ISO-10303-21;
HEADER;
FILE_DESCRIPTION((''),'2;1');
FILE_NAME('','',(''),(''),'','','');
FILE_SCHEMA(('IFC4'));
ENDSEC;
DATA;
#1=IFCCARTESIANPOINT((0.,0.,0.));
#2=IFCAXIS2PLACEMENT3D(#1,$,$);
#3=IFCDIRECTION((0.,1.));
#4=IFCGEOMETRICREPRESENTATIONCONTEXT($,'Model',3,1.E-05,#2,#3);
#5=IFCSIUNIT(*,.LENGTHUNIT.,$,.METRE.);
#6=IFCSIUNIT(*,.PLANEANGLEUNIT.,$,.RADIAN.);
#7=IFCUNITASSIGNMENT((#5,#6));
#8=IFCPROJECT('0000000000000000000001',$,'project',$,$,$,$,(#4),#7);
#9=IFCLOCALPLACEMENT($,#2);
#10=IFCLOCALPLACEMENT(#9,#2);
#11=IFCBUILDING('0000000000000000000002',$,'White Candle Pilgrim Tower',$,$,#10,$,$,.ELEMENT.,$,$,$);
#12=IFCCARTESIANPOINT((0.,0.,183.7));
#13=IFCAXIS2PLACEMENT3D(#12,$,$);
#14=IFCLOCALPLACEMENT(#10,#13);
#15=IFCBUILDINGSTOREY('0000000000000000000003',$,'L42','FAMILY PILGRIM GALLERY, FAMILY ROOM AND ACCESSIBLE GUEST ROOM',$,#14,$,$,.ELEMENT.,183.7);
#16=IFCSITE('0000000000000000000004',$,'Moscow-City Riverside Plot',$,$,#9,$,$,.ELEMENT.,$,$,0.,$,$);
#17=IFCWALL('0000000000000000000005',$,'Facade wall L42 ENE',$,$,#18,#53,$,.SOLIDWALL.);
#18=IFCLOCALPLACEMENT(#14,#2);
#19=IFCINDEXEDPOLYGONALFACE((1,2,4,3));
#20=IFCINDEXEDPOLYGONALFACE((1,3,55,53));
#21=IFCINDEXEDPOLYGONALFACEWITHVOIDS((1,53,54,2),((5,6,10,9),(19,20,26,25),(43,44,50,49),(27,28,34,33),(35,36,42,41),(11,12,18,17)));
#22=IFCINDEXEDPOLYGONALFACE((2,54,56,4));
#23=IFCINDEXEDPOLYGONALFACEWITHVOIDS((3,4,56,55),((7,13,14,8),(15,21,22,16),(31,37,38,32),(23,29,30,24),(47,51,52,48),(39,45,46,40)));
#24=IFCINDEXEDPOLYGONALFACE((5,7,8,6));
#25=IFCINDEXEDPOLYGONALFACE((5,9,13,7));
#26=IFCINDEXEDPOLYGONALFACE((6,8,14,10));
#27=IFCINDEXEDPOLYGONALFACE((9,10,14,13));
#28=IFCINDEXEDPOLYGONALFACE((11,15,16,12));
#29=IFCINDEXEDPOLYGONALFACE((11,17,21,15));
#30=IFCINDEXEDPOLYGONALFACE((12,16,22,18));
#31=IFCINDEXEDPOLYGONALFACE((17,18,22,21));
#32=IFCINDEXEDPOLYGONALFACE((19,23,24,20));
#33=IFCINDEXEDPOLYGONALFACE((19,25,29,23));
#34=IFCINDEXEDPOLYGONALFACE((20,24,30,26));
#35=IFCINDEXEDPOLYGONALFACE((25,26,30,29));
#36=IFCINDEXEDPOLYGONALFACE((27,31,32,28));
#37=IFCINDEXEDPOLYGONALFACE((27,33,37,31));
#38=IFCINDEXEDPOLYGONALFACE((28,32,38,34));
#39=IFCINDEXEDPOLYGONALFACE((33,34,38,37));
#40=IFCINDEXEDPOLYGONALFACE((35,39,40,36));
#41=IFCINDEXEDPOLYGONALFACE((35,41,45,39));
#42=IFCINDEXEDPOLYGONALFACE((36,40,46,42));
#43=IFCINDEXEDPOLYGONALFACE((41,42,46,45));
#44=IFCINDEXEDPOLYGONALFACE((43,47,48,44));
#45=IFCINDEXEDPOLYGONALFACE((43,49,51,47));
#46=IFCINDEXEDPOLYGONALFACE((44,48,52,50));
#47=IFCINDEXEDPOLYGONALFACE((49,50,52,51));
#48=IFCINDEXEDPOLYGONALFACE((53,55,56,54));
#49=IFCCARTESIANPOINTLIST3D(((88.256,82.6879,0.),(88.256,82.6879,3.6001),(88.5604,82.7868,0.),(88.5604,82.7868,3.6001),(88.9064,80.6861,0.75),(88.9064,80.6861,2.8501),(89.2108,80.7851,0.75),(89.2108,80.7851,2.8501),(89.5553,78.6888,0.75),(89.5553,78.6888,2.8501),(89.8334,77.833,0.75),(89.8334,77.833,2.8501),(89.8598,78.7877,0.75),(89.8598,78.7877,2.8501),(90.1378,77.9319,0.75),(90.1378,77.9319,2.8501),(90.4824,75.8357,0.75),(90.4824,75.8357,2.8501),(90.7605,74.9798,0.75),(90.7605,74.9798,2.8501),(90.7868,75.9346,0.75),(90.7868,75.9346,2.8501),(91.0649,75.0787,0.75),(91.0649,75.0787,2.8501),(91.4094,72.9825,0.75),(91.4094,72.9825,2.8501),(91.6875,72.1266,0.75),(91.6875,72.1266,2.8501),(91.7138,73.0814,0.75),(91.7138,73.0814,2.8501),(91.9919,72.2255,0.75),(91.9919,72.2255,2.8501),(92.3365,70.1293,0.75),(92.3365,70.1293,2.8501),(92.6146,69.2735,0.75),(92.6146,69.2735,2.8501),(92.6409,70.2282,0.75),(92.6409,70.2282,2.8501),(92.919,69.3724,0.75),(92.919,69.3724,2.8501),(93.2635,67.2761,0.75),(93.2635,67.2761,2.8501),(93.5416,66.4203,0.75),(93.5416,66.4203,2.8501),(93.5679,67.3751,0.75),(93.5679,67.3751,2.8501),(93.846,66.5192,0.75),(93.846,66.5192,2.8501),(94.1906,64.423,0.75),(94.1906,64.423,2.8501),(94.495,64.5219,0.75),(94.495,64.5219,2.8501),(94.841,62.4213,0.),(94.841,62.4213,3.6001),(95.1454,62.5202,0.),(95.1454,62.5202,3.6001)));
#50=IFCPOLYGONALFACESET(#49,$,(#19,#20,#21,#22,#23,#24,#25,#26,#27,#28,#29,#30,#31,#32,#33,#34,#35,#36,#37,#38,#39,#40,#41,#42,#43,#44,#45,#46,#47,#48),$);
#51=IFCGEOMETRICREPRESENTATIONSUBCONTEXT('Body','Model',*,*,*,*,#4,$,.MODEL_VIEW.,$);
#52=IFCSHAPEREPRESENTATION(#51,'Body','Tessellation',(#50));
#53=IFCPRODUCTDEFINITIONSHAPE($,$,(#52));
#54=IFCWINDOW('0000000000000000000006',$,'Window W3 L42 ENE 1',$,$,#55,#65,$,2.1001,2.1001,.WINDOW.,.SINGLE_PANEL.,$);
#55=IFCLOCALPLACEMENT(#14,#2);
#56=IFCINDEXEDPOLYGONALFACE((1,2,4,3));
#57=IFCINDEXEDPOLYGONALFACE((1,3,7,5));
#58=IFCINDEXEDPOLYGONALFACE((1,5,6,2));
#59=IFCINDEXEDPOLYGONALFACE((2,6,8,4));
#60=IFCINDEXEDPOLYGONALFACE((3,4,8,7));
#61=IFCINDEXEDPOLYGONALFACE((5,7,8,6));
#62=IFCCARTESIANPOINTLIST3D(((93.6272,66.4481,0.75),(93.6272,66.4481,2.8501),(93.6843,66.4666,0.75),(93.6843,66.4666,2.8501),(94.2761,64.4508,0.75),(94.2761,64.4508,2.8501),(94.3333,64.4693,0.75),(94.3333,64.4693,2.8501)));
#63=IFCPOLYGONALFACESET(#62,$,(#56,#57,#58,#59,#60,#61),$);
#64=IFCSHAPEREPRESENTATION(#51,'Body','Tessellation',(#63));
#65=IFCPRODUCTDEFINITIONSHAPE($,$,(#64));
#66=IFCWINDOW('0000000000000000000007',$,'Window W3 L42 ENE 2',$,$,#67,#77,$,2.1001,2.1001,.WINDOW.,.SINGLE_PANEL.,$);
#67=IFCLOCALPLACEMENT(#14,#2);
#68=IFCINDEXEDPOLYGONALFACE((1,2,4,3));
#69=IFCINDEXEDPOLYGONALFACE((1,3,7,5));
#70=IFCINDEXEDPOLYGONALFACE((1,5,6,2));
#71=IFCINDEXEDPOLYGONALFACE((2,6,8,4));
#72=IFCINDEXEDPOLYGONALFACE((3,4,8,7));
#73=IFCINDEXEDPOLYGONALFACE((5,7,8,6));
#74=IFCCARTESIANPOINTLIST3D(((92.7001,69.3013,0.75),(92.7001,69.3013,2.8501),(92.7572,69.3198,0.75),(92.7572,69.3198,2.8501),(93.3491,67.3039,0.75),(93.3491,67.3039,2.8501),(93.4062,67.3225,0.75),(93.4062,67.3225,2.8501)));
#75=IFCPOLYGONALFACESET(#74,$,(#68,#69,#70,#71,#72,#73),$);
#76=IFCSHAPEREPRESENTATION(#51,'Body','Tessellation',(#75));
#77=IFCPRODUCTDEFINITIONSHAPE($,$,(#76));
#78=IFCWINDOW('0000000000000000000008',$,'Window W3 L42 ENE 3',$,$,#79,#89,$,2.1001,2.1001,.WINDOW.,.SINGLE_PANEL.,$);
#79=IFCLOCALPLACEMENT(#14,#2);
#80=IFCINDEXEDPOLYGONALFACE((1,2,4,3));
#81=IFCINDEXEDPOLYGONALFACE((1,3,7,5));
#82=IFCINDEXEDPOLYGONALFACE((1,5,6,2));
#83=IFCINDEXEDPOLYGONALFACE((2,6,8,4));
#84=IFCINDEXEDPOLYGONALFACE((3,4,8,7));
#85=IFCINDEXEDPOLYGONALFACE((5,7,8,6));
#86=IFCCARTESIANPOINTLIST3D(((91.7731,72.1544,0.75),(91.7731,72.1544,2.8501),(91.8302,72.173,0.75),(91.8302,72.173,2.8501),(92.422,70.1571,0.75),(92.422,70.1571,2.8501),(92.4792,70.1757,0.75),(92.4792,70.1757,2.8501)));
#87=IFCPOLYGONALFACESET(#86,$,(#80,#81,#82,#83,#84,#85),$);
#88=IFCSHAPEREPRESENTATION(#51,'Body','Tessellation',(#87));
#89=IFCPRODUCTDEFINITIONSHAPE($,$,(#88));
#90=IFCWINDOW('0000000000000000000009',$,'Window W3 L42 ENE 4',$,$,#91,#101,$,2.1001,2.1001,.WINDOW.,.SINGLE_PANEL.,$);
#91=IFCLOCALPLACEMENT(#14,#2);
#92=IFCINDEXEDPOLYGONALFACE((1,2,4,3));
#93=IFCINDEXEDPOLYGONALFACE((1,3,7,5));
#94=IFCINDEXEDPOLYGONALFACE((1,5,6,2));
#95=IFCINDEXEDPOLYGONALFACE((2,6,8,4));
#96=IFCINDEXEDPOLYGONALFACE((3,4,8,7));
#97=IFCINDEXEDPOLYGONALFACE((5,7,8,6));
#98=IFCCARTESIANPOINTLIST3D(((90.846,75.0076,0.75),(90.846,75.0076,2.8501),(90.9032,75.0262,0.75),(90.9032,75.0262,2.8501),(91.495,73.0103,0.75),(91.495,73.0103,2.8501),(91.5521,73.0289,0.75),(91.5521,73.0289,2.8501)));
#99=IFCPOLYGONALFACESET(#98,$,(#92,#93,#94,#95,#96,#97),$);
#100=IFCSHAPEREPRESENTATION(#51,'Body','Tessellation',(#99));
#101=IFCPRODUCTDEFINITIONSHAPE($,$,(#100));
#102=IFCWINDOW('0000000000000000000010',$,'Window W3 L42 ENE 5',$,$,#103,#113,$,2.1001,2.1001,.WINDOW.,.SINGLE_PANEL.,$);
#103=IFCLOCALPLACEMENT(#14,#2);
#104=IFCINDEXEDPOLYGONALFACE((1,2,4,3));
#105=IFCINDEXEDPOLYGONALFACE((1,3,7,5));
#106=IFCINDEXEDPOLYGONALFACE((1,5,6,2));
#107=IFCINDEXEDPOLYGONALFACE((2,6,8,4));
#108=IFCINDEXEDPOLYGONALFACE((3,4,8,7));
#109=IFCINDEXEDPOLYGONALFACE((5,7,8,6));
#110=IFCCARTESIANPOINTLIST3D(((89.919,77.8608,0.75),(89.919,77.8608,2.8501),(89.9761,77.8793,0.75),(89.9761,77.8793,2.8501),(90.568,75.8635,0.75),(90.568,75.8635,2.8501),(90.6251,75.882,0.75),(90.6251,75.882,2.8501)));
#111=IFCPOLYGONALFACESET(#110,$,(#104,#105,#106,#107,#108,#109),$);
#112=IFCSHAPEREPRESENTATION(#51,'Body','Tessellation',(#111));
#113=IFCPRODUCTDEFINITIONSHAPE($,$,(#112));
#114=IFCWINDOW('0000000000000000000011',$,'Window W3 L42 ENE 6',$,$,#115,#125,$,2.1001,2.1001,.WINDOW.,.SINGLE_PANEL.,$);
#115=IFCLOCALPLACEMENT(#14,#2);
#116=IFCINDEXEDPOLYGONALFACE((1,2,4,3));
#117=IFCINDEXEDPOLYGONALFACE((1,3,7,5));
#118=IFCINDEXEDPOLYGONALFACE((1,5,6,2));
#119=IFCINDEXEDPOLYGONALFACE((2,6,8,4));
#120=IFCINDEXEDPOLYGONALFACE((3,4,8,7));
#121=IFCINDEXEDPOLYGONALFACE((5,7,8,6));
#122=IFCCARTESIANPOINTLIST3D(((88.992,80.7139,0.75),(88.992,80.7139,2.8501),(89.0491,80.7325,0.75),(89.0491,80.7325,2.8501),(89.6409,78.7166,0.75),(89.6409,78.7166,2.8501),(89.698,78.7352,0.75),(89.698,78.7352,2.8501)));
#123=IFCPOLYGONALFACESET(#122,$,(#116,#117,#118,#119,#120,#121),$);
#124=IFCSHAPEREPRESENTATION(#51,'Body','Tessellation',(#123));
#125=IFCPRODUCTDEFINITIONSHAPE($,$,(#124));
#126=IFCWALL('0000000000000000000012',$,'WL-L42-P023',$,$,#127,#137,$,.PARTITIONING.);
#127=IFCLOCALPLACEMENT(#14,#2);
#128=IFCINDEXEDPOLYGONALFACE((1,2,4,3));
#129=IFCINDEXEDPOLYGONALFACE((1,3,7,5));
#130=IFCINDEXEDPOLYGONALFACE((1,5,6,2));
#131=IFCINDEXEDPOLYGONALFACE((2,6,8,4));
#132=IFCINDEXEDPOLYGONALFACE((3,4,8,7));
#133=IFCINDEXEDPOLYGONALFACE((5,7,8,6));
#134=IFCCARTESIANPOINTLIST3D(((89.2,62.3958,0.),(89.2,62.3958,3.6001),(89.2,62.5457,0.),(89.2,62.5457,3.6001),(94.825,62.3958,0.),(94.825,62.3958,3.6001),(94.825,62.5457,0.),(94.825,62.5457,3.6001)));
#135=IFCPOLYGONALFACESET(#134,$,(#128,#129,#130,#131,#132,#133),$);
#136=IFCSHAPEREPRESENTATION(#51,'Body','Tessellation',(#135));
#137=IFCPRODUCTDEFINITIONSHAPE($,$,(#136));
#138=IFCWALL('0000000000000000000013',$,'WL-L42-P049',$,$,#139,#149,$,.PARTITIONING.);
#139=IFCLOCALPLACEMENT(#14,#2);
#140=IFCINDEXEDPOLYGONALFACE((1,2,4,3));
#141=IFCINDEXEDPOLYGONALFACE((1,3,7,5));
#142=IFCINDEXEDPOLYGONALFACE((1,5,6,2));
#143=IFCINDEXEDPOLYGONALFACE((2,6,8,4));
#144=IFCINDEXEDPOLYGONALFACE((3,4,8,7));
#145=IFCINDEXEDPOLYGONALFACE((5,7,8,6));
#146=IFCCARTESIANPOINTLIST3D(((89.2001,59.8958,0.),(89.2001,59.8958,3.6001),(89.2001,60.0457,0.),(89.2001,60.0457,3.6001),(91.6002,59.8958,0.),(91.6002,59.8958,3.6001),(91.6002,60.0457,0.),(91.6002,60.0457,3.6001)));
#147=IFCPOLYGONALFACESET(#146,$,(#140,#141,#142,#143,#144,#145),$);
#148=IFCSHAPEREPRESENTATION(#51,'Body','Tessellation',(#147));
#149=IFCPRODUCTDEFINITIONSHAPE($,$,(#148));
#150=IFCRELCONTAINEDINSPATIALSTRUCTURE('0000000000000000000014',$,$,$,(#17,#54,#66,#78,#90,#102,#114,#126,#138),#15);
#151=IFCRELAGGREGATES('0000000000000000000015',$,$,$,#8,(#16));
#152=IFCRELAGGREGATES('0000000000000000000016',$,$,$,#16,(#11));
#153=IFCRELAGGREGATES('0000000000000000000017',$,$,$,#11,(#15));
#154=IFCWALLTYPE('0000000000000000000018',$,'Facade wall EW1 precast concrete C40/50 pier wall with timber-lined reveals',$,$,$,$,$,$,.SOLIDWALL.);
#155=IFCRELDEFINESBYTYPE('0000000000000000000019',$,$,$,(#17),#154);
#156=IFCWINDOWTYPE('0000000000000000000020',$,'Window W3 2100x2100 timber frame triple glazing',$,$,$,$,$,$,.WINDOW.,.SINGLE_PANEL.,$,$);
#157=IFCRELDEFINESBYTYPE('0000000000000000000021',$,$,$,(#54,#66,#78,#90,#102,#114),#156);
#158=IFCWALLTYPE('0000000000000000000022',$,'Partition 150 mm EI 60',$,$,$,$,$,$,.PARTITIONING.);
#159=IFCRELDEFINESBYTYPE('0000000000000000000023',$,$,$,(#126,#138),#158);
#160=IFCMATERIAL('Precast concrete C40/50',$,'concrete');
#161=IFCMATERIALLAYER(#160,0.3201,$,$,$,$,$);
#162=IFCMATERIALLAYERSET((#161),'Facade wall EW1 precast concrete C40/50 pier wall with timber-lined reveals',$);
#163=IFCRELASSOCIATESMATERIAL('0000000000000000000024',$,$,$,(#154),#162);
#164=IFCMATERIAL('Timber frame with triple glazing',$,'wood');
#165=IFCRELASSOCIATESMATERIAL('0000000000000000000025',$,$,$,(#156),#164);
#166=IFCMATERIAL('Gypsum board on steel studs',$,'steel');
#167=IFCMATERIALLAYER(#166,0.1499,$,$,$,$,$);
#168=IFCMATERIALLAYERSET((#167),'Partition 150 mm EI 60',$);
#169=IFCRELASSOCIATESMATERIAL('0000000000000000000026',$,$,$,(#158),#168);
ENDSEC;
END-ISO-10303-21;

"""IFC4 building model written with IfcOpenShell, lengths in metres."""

from ifc_helpers import new_model, si_unit, direction, frame, frame_2d, origin, place, context, subcontext, project, spatial, rectangle, extrude, material, layer, layer_set, type_object, element, fill, save


model = new_model("IFC4")

# Units and contexts
model_context = context("Model", 3, precision=1e-05, world=origin(), true_north=direction((0.0, 1.0)))
body_context = subcontext(model_context, "Body", "Model", "MODEL_VIEW")
ifc_project = project(units=[si_unit("LENGTHUNIT", "METRE"), si_unit("PLANEANGLEUNIT", "RADIAN")], contexts=[model_context])

# Site, building, storey
site_placement = place(None, origin())
site = spatial("IfcSite", under=ifc_project, at=site_placement, Name="Moscow-City Riverside Plot", CompositionType="ELEMENT", RefElevation=0.0)
building_placement = place(site_placement, origin())
building = spatial("IfcBuilding", under=site, at=building_placement, Name="White Candle Pilgrim Tower", CompositionType="ELEMENT")
storey_placement = place(building_placement, frame((0.0, 0.0, 183.7)))
storey = spatial("IfcBuildingStorey", under=building, at=storey_placement, Name="L42", Description="FAMILY PILGRIM GALLERY, FAMILY ROOM AND ACCESSIBLE GUEST ROOM", CompositionType="ELEMENT", Elevation=183.7)

# Shared definitions
ifc_material_1 = material(Name="Gypsum board on steel studs", Category="steel")

# Wall, openings, windows
ifc_material_2 = material(Name="Precast concrete C40/50", Category="concrete")
ifc_layer_1 = layer(ifc_material_2, 0.3201)
ifc_layer_set_1 = layer_set([ifc_layer_1], Name="Facade wall EW1 precast concrete C40/50 pier wall with timber-lined reveals")
wall_type_1 = type_object("IfcWallType", Name="Facade wall EW1 precast concrete C40/50 pier wall with timber-lined reveals", PredefinedType="SOLIDWALL", material=ifc_layer_set_1)
wall_1_placement = place(storey_placement, frame((94.9932, 62.4707, 0.0), z_axis=(0.0, 0.0, 1.0), x_axis=(-0.309015, 0.951057, 0.0)))
wall_1 = element("IfcWall", 1, at=wall_1_placement, inside=storey, type_object=wall_type_1, Name="Facade wall L42 ENE", PredefinedType="SOLIDWALL", context=body_context, shape_type="SweptSolid", body=[
    extrude(rectangle(XDim=21.3096, YDim=0.3201, at=frame_2d((10.6548, 0.0))), origin(), (0.0, 0.0, 1.0), 3.6001),
])
opening_1_placement = place(wall_1_placement, frame((2.1047, 0.0, 0.75)))
opening_1 = element("IfcOpeningElement", 2, at=opening_1_placement, cuts=wall_1, PredefinedType="OPENING", context=body_context, shape_type="SweptSolid", body=[
    extrude(rectangle(XDim=2.1001, YDim=2.1001, at=frame_2d((1.05, 1.05))), frame((0.0, 0.1699, 0.0), z_axis=(0.0, -1.0, 0.0), x_axis=(1.0, 0.0, 0.0)), (0.0, 0.0, 1.0), 0.3401),
])
opening_2_placement = place(wall_1_placement, frame((5.1047, 0.0, 0.75)))
opening_2 = element("IfcOpeningElement", 3, at=opening_2_placement, cuts=wall_1, PredefinedType="OPENING", context=body_context, shape_type="SweptSolid", body=[
    extrude(rectangle(XDim=2.1001, YDim=2.1001, at=frame_2d((1.05, 1.05))), frame((0.0, 0.1699, 0.0), z_axis=(0.0, -1.0, 0.0), x_axis=(1.0, 0.0, 0.0)), (0.0, 0.0, 1.0), 0.3401),
])
opening_3_placement = place(wall_1_placement, frame((8.1047, 0.0, 0.75)))
opening_3 = element("IfcOpeningElement", 4, at=opening_3_placement, cuts=wall_1, PredefinedType="OPENING", context=body_context, shape_type="SweptSolid", body=[
    extrude(rectangle(XDim=2.1001, YDim=2.1001, at=frame_2d((1.05, 1.05))), frame((0.0, 0.1699, 0.0), z_axis=(0.0, -1.0, 0.0), x_axis=(1.0, 0.0, 0.0)), (0.0, 0.0, 1.0), 0.3401),
])
opening_4_placement = place(wall_1_placement, frame((11.1047, 0.0, 0.75)))
opening_4 = element("IfcOpeningElement", 5, at=opening_4_placement, cuts=wall_1, PredefinedType="OPENING", context=body_context, shape_type="SweptSolid", body=[
    extrude(rectangle(XDim=2.1001, YDim=2.1001, at=frame_2d((1.05, 1.05))), frame((0.0, 0.1699, 0.0), z_axis=(0.0, -1.0, 0.0), x_axis=(1.0, 0.0, 0.0)), (0.0, 0.0, 1.0), 0.3401),
])
opening_5_placement = place(wall_1_placement, frame((14.1047, 0.0, 0.75)))
opening_5 = element("IfcOpeningElement", 6, at=opening_5_placement, cuts=wall_1, PredefinedType="OPENING", context=body_context, shape_type="SweptSolid", body=[
    extrude(rectangle(XDim=2.1001, YDim=2.1001, at=frame_2d((1.05, 1.05))), frame((0.0, 0.1699, 0.0), z_axis=(0.0, -1.0, 0.0), x_axis=(1.0, 0.0, 0.0)), (0.0, 0.0, 1.0), 0.3401),
])
opening_6_placement = place(wall_1_placement, frame((17.1047, 0.0, 0.75)))
opening_6 = element("IfcOpeningElement", 7, at=opening_6_placement, cuts=wall_1, PredefinedType="OPENING", context=body_context, shape_type="SweptSolid", body=[
    extrude(rectangle(XDim=2.1001, YDim=2.1001, at=frame_2d((1.05, 1.05))), frame((0.0, 0.1699, 0.0), z_axis=(0.0, -1.0, 0.0), x_axis=(1.0, 0.0, 0.0)), (0.0, 0.0, 1.0), 0.3401),
])
ifc_material_3 = material(Name="Timber frame with triple glazing", Category="wood")
window_type = type_object("IfcWindowType", Name="Window W3 2100x2100 timber frame triple glazing", PartitioningType="SINGLE_PANEL", PredefinedType="WINDOW", material=ifc_material_3)
window_1_placement = place(opening_1_placement, origin())
window_1 = element("IfcWindow", 8, at=window_1_placement, inside=storey, type_object=window_type, Name="Window W3 L42 ENE 1", OverallHeight=2.1001, OverallWidth=2.1001, PartitioningType="SINGLE_PANEL", PredefinedType="WINDOW", context=body_context, shape_type="SweptSolid", body=[
    extrude(rectangle(XDim=2.1001, YDim=2.1001, at=frame_2d((1.05, 1.05))), frame((0.0, 0.0701, 0.0), z_axis=(0.0, -1.0, 0.0), x_axis=(1.0, 0.0, 0.0)), (0.0, 0.0, 1.0), 0.0601),
])
fill(opening_1, window_1)
window_2_placement = place(opening_2_placement, origin())
window_2 = element("IfcWindow", 9, at=window_2_placement, inside=storey, type_object=window_type, Name="Window W3 L42 ENE 2", OverallHeight=2.1001, OverallWidth=2.1001, PartitioningType="SINGLE_PANEL", PredefinedType="WINDOW", context=body_context, shape_type="SweptSolid", body=[
    extrude(rectangle(XDim=2.1001, YDim=2.1001, at=frame_2d((1.05, 1.05))), frame((0.0, 0.0701, 0.0), z_axis=(0.0, -1.0, 0.0), x_axis=(1.0, 0.0, 0.0)), (0.0, 0.0, 1.0), 0.0601),
])
fill(opening_2, window_2)
window_3_placement = place(opening_3_placement, origin())
window_3 = element("IfcWindow", 10, at=window_3_placement, inside=storey, type_object=window_type, Name="Window W3 L42 ENE 3", OverallHeight=2.1001, OverallWidth=2.1001, PartitioningType="SINGLE_PANEL", PredefinedType="WINDOW", context=body_context, shape_type="SweptSolid", body=[
    extrude(rectangle(XDim=2.1001, YDim=2.1001, at=frame_2d((1.05, 1.05))), frame((0.0, 0.0701, 0.0), z_axis=(0.0, -1.0, 0.0), x_axis=(1.0, 0.0, 0.0)), (0.0, 0.0, 1.0), 0.0601),
])
fill(opening_3, window_3)
window_4_placement = place(opening_4_placement, origin())
window_4 = element("IfcWindow", 11, at=window_4_placement, inside=storey, type_object=window_type, Name="Window W3 L42 ENE 4", OverallHeight=2.1001, OverallWidth=2.1001, PartitioningType="SINGLE_PANEL", PredefinedType="WINDOW", context=body_context, shape_type="SweptSolid", body=[
    extrude(rectangle(XDim=2.1001, YDim=2.1001, at=frame_2d((1.05, 1.05))), frame((0.0, 0.0701, 0.0), z_axis=(0.0, -1.0, 0.0), x_axis=(1.0, 0.0, 0.0)), (0.0, 0.0, 1.0), 0.0601),
])
fill(opening_4, window_4)
window_5_placement = place(opening_5_placement, origin())
window_5 = element("IfcWindow", 12, at=window_5_placement, inside=storey, type_object=window_type, Name="Window W3 L42 ENE 5", OverallHeight=2.1001, OverallWidth=2.1001, PartitioningType="SINGLE_PANEL", PredefinedType="WINDOW", context=body_context, shape_type="SweptSolid", body=[
    extrude(rectangle(XDim=2.1001, YDim=2.1001, at=frame_2d((1.05, 1.05))), frame((0.0, 0.0701, 0.0), z_axis=(0.0, -1.0, 0.0), x_axis=(1.0, 0.0, 0.0)), (0.0, 0.0, 1.0), 0.0601),
])
fill(opening_5, window_5)
window_6_placement = place(opening_6_placement, origin())
window_6 = element("IfcWindow", 13, at=window_6_placement, inside=storey, type_object=window_type, Name="Window W3 L42 ENE 6", OverallHeight=2.1001, OverallWidth=2.1001, PartitioningType="SINGLE_PANEL", PredefinedType="WINDOW", context=body_context, shape_type="SweptSolid", body=[
    extrude(rectangle(XDim=2.1001, YDim=2.1001, at=frame_2d((1.05, 1.05))), frame((0.0, 0.0701, 0.0), z_axis=(0.0, -1.0, 0.0), x_axis=(1.0, 0.0, 0.0)), (0.0, 0.0, 1.0), 0.0601),
])
fill(opening_6, window_6)

# Walls
ifc_layer_2 = layer(ifc_material_1, 0.1499)
ifc_layer_set_2 = layer_set([ifc_layer_2], Name="Partition 150 mm EI 60")
wall_type_2 = type_object("IfcWallType", Name="Partition 150 mm EI 60", PredefinedType="PARTITIONING", material=ifc_layer_set_2)
wall_2_placement = place(storey_placement, frame((94.825, 62.4707, 0.0), z_axis=(0.0, 0.0, 1.0), x_axis=(-1.0, 0.0, 0.0)))
element("IfcWall", 14, at=wall_2_placement, inside=storey, type_object=wall_type_2, Name="WL-L42-P023", PredefinedType="PARTITIONING", context=body_context, shape_type="SweptSolid", body=[
    extrude(rectangle(XDim=5.625, YDim=0.1499, at=frame_2d((2.8125, 0.0))), origin(), (0.0, 0.0, 1.0), 3.6001),
])
wall_3_placement = place(storey_placement, frame((89.2, 59.9707, 0.0), z_axis=(0.0, 0.0, 1.0), x_axis=(1.0, 0.0, 0.0)))
element("IfcWall", 15, at=wall_3_placement, inside=storey, type_object=wall_type_2, Name="WL-L42-P049", PredefinedType="PARTITIONING", context=body_context, shape_type="SweptSolid", body=[
    extrude(rectangle(XDim=2.4001, YDim=0.1499, at=frame_2d((1.2002, 0.0))), origin(), (0.0, 0.0, 1.0), 3.6001),
])

save(model, "model.ifc")
